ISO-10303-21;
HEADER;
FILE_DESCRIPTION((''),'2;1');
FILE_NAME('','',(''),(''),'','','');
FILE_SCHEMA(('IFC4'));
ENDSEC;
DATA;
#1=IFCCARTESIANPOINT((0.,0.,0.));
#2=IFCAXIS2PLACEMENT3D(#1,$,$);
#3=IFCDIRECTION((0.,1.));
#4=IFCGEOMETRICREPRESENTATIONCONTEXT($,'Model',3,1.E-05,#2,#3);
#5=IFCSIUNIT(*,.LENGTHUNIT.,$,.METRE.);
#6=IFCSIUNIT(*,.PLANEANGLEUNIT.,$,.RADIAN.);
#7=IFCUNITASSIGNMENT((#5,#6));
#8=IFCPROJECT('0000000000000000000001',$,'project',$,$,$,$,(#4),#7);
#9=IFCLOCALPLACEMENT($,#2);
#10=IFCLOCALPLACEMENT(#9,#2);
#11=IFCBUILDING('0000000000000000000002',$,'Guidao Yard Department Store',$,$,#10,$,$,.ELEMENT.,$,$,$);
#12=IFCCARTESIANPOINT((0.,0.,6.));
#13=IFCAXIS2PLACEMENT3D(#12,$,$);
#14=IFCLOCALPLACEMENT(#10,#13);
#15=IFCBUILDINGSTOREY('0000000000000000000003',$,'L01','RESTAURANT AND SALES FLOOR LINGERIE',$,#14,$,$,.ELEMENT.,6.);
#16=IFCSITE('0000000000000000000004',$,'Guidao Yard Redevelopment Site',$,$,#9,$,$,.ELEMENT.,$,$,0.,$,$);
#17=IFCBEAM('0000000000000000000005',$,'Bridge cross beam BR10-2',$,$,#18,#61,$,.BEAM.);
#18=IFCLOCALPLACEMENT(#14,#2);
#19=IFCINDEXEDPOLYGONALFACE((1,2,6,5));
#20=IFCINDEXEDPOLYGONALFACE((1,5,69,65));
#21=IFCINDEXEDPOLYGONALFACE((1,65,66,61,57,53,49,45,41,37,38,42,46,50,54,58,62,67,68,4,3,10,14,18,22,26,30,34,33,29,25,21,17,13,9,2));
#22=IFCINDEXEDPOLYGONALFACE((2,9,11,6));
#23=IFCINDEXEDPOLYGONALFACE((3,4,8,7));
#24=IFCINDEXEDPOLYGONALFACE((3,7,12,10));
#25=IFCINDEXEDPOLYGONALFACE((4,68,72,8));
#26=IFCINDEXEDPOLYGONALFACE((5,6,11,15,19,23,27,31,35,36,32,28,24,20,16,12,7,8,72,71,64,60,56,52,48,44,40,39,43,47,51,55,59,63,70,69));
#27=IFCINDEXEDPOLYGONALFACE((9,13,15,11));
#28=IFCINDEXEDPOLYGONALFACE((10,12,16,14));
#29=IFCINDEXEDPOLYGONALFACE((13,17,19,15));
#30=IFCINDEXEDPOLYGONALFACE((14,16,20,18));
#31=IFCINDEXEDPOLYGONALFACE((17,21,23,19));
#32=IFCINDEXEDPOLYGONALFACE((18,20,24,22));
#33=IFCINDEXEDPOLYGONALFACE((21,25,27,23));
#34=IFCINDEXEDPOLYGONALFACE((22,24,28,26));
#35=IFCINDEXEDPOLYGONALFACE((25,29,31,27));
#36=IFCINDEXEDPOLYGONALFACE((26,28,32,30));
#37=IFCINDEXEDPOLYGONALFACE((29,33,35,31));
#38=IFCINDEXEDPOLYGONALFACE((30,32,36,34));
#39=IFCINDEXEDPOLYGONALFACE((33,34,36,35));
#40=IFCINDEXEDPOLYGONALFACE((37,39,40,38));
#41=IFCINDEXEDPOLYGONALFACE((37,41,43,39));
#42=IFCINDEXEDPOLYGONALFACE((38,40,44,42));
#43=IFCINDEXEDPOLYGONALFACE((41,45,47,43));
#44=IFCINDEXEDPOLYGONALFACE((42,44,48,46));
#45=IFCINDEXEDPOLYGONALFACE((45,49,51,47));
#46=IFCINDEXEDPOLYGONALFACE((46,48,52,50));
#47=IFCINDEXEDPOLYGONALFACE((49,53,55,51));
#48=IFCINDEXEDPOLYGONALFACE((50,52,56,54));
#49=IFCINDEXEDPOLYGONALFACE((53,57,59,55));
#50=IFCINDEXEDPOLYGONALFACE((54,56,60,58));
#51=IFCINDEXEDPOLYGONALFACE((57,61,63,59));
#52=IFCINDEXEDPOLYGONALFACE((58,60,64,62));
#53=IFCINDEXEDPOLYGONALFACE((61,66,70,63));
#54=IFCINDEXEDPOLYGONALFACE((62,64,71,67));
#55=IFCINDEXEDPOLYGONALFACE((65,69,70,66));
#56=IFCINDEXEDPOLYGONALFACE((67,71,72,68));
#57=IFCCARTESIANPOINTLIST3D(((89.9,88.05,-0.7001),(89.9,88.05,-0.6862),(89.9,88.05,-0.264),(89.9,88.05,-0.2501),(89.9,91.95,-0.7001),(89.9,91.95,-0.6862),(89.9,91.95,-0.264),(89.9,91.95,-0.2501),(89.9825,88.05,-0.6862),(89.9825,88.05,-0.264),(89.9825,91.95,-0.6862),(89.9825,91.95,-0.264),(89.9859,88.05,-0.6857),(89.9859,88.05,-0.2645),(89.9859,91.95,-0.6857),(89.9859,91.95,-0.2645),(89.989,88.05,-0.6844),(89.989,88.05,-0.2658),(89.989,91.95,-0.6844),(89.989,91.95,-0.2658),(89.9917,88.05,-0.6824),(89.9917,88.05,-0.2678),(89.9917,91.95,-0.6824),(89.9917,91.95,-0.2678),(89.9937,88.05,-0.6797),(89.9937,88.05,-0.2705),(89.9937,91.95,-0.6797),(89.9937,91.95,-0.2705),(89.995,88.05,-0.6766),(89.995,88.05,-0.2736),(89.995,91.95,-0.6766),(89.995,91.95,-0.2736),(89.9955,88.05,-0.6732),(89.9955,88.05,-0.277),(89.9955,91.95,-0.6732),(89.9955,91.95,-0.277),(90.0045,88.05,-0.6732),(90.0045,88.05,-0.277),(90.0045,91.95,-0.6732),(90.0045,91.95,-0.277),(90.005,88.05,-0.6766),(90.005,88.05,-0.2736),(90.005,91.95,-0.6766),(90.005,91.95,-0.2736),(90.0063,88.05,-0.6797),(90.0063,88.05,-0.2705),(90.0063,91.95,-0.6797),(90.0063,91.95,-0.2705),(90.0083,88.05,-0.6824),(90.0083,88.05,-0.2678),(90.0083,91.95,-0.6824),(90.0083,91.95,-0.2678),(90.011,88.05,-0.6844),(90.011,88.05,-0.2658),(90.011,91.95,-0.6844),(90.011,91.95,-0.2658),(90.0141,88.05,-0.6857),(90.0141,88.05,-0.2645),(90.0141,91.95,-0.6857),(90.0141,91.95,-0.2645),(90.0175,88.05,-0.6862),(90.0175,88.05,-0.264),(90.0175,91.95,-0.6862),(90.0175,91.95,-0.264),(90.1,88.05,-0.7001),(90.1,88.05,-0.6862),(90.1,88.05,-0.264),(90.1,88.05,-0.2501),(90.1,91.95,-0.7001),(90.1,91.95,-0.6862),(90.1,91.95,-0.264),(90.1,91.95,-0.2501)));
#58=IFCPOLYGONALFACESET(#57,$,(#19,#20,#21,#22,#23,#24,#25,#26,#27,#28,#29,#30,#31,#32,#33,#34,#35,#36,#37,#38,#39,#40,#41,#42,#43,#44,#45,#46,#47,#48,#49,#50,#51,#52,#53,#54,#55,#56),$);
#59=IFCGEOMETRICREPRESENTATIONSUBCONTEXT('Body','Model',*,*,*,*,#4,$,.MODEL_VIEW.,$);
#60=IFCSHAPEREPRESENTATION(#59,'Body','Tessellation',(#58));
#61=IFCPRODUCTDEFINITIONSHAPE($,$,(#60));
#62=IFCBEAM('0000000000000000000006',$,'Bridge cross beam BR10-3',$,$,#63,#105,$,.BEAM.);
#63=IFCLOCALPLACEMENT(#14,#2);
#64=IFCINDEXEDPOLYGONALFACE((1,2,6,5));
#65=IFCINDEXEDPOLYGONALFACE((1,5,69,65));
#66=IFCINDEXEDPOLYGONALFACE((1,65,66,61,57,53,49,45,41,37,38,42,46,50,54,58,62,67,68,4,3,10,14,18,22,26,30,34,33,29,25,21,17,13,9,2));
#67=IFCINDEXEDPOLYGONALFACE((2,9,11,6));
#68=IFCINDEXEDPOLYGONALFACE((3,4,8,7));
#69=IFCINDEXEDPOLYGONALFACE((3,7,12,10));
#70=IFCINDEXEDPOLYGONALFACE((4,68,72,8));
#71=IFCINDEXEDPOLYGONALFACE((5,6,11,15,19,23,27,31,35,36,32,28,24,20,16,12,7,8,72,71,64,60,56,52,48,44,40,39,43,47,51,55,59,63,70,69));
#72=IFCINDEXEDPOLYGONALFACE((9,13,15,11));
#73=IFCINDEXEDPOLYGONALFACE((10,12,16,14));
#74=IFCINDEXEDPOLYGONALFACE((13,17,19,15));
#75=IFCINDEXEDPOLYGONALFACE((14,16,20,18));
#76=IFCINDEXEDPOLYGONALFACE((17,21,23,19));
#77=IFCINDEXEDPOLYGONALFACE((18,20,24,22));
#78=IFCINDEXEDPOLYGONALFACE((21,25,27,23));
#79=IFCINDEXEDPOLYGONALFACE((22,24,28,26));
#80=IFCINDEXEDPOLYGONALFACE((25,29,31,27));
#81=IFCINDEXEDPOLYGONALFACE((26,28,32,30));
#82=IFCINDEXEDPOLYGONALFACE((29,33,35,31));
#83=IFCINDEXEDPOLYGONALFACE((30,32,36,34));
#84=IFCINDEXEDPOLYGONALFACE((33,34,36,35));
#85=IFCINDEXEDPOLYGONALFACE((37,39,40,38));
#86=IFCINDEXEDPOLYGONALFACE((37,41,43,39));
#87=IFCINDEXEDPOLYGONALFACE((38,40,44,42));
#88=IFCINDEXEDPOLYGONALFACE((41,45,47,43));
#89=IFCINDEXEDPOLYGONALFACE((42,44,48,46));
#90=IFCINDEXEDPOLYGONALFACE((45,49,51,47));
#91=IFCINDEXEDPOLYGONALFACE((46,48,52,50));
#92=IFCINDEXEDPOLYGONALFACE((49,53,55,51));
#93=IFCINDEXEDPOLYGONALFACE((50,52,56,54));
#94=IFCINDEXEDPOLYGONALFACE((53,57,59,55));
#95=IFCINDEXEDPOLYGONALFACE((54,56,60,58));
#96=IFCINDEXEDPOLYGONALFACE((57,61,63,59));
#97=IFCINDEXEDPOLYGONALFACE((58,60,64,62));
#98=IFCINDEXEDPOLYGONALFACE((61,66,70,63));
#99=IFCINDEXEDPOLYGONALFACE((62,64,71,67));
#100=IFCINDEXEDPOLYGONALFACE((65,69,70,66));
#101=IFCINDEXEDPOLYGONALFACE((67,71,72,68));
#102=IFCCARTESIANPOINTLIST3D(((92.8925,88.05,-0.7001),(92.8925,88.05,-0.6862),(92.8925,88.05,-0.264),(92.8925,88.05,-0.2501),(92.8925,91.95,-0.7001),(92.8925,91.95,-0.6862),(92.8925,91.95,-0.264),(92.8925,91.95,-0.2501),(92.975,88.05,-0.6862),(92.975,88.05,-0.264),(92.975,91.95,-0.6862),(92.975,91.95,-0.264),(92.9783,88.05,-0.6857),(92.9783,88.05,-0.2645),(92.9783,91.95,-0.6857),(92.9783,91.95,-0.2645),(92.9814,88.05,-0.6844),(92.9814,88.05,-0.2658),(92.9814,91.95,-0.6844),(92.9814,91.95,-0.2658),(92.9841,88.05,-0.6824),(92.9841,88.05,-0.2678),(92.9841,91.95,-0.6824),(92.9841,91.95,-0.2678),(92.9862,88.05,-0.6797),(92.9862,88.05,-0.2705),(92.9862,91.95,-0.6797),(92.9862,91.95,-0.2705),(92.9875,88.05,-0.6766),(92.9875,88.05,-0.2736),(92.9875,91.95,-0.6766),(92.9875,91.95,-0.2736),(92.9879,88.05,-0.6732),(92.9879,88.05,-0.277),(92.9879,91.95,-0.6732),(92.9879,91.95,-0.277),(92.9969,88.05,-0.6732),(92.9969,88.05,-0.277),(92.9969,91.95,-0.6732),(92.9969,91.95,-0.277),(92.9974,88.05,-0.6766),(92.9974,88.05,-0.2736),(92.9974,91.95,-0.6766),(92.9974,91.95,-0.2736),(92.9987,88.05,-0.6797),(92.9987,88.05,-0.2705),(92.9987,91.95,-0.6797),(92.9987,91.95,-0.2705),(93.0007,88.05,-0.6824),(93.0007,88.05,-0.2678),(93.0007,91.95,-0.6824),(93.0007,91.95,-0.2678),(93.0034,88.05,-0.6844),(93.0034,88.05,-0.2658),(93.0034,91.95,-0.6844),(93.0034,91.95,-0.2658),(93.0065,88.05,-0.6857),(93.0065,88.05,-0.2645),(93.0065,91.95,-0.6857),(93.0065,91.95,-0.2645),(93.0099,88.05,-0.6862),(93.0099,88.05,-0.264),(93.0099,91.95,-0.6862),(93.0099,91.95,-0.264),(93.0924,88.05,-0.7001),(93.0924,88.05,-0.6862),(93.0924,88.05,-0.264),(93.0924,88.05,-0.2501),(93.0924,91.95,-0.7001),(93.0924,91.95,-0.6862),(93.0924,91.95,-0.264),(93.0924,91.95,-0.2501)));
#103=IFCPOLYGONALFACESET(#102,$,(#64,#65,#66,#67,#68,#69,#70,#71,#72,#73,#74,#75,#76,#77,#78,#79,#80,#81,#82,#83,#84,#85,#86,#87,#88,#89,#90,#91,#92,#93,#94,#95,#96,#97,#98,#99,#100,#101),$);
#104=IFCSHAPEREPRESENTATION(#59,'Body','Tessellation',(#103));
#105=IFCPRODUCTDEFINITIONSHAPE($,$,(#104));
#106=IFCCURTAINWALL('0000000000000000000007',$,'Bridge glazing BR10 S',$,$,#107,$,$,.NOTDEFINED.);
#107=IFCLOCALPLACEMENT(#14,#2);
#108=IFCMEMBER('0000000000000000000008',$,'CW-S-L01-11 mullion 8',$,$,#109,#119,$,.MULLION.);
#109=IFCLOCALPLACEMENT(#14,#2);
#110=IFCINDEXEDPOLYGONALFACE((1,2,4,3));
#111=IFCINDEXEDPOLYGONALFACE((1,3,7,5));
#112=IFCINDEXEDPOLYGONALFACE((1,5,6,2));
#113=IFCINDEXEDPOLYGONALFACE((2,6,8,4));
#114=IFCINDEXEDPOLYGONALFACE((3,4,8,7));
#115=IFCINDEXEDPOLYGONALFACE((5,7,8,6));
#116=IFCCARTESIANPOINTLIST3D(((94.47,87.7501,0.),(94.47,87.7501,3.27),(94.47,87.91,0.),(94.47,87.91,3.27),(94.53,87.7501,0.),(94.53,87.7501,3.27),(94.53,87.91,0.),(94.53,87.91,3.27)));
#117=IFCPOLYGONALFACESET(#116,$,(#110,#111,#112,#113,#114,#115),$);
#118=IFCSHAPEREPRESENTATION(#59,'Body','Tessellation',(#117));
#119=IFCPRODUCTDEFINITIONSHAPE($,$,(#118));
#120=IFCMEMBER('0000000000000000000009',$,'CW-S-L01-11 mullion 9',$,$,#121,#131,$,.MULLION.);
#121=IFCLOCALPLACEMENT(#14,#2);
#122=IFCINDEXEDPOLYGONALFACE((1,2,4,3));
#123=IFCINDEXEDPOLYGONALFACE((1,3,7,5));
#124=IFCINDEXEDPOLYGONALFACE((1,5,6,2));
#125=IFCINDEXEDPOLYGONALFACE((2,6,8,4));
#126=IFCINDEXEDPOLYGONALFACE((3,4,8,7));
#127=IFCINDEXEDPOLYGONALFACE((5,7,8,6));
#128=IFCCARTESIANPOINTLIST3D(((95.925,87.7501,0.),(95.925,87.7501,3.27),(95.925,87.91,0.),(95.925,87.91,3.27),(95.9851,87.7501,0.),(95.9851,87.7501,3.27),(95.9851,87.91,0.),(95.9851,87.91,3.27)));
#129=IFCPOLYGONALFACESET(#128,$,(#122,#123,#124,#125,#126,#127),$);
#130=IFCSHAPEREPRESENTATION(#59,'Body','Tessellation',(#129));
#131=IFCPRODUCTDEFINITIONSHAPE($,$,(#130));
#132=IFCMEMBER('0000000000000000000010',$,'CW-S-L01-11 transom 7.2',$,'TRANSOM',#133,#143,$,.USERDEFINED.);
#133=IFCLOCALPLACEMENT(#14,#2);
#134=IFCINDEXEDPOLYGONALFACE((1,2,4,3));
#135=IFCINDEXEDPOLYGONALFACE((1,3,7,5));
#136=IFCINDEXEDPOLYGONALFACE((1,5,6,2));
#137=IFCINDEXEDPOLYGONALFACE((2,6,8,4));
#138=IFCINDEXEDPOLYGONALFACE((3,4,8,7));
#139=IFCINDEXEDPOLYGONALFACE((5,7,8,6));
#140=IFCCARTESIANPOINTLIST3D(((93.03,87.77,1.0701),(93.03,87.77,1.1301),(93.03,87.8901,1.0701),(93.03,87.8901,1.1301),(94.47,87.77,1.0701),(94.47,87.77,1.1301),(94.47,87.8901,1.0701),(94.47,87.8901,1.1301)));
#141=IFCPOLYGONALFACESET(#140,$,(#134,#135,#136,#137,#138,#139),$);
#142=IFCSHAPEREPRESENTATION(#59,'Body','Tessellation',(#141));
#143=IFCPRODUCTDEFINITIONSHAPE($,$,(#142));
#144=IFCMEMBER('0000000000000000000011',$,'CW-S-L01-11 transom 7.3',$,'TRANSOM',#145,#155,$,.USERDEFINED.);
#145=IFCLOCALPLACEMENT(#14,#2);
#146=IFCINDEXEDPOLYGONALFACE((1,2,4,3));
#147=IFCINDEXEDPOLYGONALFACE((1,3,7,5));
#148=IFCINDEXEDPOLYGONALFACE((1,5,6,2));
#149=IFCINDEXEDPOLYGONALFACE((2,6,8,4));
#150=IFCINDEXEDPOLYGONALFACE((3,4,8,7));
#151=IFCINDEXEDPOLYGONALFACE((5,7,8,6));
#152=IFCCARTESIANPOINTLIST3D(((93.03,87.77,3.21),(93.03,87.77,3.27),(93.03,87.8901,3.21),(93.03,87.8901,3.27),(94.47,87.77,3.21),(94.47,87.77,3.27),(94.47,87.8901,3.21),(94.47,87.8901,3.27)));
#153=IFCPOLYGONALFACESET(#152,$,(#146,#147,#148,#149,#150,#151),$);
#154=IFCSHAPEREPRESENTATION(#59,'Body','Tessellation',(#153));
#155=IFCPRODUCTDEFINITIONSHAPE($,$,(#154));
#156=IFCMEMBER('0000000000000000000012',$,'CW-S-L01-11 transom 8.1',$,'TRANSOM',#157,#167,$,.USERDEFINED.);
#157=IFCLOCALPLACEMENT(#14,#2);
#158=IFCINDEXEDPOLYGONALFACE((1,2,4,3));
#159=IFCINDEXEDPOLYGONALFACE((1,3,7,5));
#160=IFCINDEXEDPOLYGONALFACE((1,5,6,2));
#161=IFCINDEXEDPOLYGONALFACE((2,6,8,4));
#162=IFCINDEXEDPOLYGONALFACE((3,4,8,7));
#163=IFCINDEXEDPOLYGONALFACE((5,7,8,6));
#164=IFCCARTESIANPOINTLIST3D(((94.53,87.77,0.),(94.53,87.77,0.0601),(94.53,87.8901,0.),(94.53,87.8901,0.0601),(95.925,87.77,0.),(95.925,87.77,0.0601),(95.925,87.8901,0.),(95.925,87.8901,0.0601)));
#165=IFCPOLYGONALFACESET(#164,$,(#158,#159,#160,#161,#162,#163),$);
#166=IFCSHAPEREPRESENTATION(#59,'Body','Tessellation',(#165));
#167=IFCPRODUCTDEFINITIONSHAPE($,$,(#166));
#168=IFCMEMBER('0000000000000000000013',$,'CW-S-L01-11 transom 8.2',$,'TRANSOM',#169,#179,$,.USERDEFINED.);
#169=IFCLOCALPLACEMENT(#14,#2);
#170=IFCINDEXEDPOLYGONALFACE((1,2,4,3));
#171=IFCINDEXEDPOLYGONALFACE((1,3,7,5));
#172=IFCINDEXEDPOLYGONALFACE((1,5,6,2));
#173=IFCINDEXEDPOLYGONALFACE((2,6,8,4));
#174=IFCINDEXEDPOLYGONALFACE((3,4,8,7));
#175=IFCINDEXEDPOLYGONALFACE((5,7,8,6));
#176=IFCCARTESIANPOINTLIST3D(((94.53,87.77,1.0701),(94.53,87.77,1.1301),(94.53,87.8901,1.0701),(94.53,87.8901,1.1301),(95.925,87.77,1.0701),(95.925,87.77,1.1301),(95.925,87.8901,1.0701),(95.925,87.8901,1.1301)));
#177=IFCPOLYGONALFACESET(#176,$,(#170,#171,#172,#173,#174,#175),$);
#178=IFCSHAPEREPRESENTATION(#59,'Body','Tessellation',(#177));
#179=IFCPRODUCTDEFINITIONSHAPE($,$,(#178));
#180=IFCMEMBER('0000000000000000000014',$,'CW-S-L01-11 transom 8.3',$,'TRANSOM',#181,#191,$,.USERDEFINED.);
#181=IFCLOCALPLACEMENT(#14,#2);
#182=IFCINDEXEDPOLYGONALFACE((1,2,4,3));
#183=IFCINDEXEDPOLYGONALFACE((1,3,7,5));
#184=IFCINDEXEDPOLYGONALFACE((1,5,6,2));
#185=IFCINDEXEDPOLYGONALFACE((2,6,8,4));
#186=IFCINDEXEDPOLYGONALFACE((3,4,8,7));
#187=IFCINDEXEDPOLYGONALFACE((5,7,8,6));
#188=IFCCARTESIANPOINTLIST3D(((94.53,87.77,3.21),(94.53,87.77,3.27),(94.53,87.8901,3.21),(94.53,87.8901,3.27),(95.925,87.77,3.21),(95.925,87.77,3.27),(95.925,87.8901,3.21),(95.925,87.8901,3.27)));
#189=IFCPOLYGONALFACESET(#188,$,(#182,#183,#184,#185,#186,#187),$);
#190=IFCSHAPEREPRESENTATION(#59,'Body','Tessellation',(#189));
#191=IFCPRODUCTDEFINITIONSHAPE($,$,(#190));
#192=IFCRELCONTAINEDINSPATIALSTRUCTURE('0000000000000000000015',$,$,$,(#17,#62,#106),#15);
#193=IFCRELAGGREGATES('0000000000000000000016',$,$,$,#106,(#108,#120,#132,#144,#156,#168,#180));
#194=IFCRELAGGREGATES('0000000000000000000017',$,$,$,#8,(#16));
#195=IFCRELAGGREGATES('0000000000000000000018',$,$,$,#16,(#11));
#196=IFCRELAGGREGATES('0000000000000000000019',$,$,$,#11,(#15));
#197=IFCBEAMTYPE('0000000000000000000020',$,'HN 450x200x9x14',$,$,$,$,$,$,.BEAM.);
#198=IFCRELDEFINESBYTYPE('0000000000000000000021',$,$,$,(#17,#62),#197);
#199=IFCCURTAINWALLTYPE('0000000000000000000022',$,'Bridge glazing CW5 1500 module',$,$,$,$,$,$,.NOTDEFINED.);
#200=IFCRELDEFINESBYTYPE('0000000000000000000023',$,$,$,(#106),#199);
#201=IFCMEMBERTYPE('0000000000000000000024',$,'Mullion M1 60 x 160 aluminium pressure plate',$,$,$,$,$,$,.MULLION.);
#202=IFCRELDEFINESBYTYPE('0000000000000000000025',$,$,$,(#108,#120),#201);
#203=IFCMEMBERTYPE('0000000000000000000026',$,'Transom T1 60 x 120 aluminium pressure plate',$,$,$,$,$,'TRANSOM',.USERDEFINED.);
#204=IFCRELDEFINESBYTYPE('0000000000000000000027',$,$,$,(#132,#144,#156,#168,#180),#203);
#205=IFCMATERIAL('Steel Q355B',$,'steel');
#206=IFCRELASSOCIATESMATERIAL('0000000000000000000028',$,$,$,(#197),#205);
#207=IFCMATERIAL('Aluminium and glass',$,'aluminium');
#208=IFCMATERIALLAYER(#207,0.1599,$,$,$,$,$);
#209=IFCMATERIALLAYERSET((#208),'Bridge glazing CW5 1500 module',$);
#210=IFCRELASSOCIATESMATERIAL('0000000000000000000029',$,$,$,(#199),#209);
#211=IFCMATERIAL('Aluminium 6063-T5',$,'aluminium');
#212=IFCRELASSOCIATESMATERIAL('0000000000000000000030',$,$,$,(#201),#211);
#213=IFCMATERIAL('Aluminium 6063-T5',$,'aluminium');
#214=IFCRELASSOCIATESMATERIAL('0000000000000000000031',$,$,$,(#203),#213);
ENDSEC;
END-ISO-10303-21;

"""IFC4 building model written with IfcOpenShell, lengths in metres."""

from ifc_helpers import new_model, si_unit, direction, frame, origin, origin_2d, place, context, subcontext, project, spatial, rectangle, i_section, extrude, material, layer, layer_set, material_profile, profile_set, type_object, element, aggregate, save


model = new_model("IFC4")

# Units and contexts
model_context = context("Model", 3, precision=1e-05, world=origin(), true_north=direction((0.0, 1.0)))
body_context = subcontext(model_context, "Body", "Model", "MODEL_VIEW")
ifc_project = project(units=[si_unit("LENGTHUNIT", "METRE"), si_unit("PLANEANGLEUNIT", "RADIAN")], contexts=[model_context])

# Site, building, storey
site_placement = place(None, origin())
site = spatial("IfcSite", under=ifc_project, at=site_placement, Name="Guidao Yard Redevelopment Site", CompositionType="ELEMENT", RefElevation=0.0)
building_placement = place(site_placement, origin())
building = spatial("IfcBuilding", under=site, at=building_placement, Name="Guidao Yard Department Store", CompositionType="ELEMENT")
storey_placement = place(building_placement, frame((0.0, 0.0, 6.0)))
storey = spatial("IfcBuildingStorey", under=building, at=storey_placement, Name="L01", Description="RESTAURANT AND SALES FLOOR LINGERIE", CompositionType="ELEMENT", Elevation=6.0)

# Beams
ifc_material_1 = material(Name="Steel Q355B", Category="steel")
ifc_material_profile_1 = material_profile(ifc_material_1, i_section(OverallWidth=0.2, OverallDepth=0.45, WebThickness=0.009, FlangeThickness=0.0139, FilletRadius=0.0129, at=origin_2d()), Name="HN 450x200x9x14")
ifc_profile_set_1 = profile_set([ifc_material_profile_1], Name="Steel Q355B")
beam_type = type_object("IfcBeamType", Name="HN 450x200x9x14", PredefinedType="BEAM", material=ifc_profile_set_1)
for number, where, z_axis, x_axis, name in (
    (1, (90.0, 88.05, -0.4751), (0.0, 1.0, 0.0), (-1.0, 0.0, 0.0), "Bridge cross beam BR10-2"),
    (2, (92.9924, 88.05, -0.4751), (0.0, 1.0, 0.0), (-1.0, 0.0, 0.0), "Bridge cross beam BR10-3"),
):
    element("IfcBeam", number, at=place(storey_placement, frame(where, z_axis=z_axis, x_axis=x_axis)), inside=storey, type_object=beam_type, Name=name, PredefinedType="BEAM", context=body_context, shape_type="SweptSolid", body=[
        extrude(i_section(OverallWidth=0.2, OverallDepth=0.45, WebThickness=0.009, FlangeThickness=0.0139, FilletRadius=0.0129, at=origin_2d()), origin(), (0.0, 0.0, 1.0), 3.8999),
    ])

# Curtain wall, members
ifc_material_2 = material(Name="Aluminium and glass", Category="aluminium")
ifc_layer_1 = layer(ifc_material_2, 0.1599)
ifc_layer_set_1 = layer_set([ifc_layer_1], Name="Bridge glazing CW5 1500 module")
curtain_wall_type = type_object("IfcCurtainWallType", Name="Bridge glazing CW5 1500 module", PredefinedType="NOTDEFINED", material=ifc_layer_set_1)
curtain_wall_1_placement = place(storey_placement, origin())
curtain_wall_1 = element("IfcCurtainWall", 3, at=curtain_wall_1_placement, inside=storey, type_object=curtain_wall_type, Name="Bridge glazing BR10 S", PredefinedType="NOTDEFINED")
ifc_material_3 = material(Name="Aluminium 6063-T5", Category="aluminium")
ifc_material_profile_2 = material_profile(ifc_material_3, rectangle(XDim=0.0601, YDim=0.1599, at=origin_2d()), Name="Mullion M1 60 x 160 aluminium pressure plate")
ifc_profile_set_2 = profile_set([ifc_material_profile_2], Name="Aluminium 6063-T5")
member_type_1 = type_object("IfcMemberType", Name="Mullion M1 60 x 160 aluminium pressure plate", PredefinedType="MULLION", material=ifc_profile_set_2)
member_1_placement = place(storey_placement, frame((94.5, 87.8301, 0.0), z_axis=(0.0, 0.0, 1.0), x_axis=(-1.0, 0.0, 0.0)))
member_1 = element("IfcMember", 4, at=member_1_placement, type_object=member_type_1, Name="CW-S-L01-11 mullion 8", PredefinedType="MULLION", context=body_context, shape_type="SweptSolid", body=[
    extrude(rectangle(XDim=0.0601, YDim=0.1599, at=origin_2d()), origin(), (0.0, 0.0, 1.0), 3.27),
])
member_2_placement = place(storey_placement, frame((95.9551, 87.8301, 0.0), z_axis=(0.0, 0.0, 1.0), x_axis=(-1.0, 0.0, 0.0)))
member_2 = element("IfcMember", 5, at=member_2_placement, type_object=member_type_1, Name="CW-S-L01-11 mullion 9", PredefinedType="MULLION", context=body_context, shape_type="SweptSolid", body=[
    extrude(rectangle(XDim=0.0601, YDim=0.1599, at=origin_2d()), origin(), (0.0, 0.0, 1.0), 3.27),
])
ifc_material_4 = material(Name="Aluminium 6063-T5", Category="aluminium")
ifc_material_profile_3 = material_profile(ifc_material_4, rectangle(XDim=0.1201, YDim=0.0601, at=origin_2d()), Name="Transom T1 60 x 120 aluminium pressure plate")
ifc_profile_set_3 = profile_set([ifc_material_profile_3], Name="Aluminium 6063-T5")
member_type_2 = type_object("IfcMemberType", Name="Transom T1 60 x 120 aluminium pressure plate", ElementType="TRANSOM", PredefinedType="USERDEFINED", material=ifc_profile_set_3)
member_3_placement = place(storey_placement, frame((94.47, 87.8301, 1.1001), z_axis=(-1.0, 0.0, 0.0), x_axis=(0.0, -1.0, 0.0)))
member_3 = element("IfcMember", 6, at=member_3_placement, type_object=member_type_2, Name="CW-S-L01-11 transom 7.2", ObjectType="TRANSOM", PredefinedType="USERDEFINED", context=body_context, shape_type="SweptSolid", body=[
    extrude(rectangle(XDim=0.1201, YDim=0.0601, at=origin_2d()), origin(), (0.0, 0.0, 1.0), 1.4399),
])
member_4_placement = place(storey_placement, frame((94.47, 87.8301, 3.24), z_axis=(-1.0, 0.0, 0.0), x_axis=(0.0, -1.0, 0.0)))
member_4 = element("IfcMember", 7, at=member_4_placement, type_object=member_type_2, Name="CW-S-L01-11 transom 7.3", ObjectType="TRANSOM", PredefinedType="USERDEFINED", context=body_context, shape_type="SweptSolid", body=[
    extrude(rectangle(XDim=0.1201, YDim=0.0601, at=origin_2d()), origin(), (0.0, 0.0, 1.0), 1.4399),
])
member_5_placement = place(storey_placement, frame((95.925, 87.8301, 0.03), z_axis=(-1.0, 0.0, 0.0), x_axis=(0.0, -1.0, 0.0)))
member_5 = element("IfcMember", 8, at=member_5_placement, type_object=member_type_2, Name="CW-S-L01-11 transom 8.1", ObjectType="TRANSOM", PredefinedType="USERDEFINED", context=body_context, shape_type="SweptSolid", body=[
    extrude(rectangle(XDim=0.1201, YDim=0.0601, at=origin_2d()), origin(), (0.0, 0.0, 1.0), 1.395),
])
member_6_placement = place(storey_placement, frame((95.925, 87.8301, 1.1001), z_axis=(-1.0, 0.0, 0.0), x_axis=(0.0, -1.0, 0.0)))
member_6 = element("IfcMember", 9, at=member_6_placement, type_object=member_type_2, Name="CW-S-L01-11 transom 8.2", ObjectType="TRANSOM", PredefinedType="USERDEFINED", context=body_context, shape_type="SweptSolid", body=[
    extrude(rectangle(XDim=0.1201, YDim=0.0601, at=origin_2d()), origin(), (0.0, 0.0, 1.0), 1.395),
])
member_7_placement = place(storey_placement, frame((95.925, 87.8301, 3.24), z_axis=(-1.0, 0.0, 0.0), x_axis=(0.0, -1.0, 0.0)))
member_7 = element("IfcMember", 10, at=member_7_placement, type_object=member_type_2, Name="CW-S-L01-11 transom 8.3", ObjectType="TRANSOM", PredefinedType="USERDEFINED", context=body_context, shape_type="SweptSolid", body=[
    extrude(rectangle(XDim=0.1201, YDim=0.0601, at=origin_2d()), origin(), (0.0, 0.0, 1.0), 1.395),
])

aggregate(curtain_wall_1, [member_1, member_2, member_3, member_4, member_5, member_6, member_7])

save(model, "model.ifc")
